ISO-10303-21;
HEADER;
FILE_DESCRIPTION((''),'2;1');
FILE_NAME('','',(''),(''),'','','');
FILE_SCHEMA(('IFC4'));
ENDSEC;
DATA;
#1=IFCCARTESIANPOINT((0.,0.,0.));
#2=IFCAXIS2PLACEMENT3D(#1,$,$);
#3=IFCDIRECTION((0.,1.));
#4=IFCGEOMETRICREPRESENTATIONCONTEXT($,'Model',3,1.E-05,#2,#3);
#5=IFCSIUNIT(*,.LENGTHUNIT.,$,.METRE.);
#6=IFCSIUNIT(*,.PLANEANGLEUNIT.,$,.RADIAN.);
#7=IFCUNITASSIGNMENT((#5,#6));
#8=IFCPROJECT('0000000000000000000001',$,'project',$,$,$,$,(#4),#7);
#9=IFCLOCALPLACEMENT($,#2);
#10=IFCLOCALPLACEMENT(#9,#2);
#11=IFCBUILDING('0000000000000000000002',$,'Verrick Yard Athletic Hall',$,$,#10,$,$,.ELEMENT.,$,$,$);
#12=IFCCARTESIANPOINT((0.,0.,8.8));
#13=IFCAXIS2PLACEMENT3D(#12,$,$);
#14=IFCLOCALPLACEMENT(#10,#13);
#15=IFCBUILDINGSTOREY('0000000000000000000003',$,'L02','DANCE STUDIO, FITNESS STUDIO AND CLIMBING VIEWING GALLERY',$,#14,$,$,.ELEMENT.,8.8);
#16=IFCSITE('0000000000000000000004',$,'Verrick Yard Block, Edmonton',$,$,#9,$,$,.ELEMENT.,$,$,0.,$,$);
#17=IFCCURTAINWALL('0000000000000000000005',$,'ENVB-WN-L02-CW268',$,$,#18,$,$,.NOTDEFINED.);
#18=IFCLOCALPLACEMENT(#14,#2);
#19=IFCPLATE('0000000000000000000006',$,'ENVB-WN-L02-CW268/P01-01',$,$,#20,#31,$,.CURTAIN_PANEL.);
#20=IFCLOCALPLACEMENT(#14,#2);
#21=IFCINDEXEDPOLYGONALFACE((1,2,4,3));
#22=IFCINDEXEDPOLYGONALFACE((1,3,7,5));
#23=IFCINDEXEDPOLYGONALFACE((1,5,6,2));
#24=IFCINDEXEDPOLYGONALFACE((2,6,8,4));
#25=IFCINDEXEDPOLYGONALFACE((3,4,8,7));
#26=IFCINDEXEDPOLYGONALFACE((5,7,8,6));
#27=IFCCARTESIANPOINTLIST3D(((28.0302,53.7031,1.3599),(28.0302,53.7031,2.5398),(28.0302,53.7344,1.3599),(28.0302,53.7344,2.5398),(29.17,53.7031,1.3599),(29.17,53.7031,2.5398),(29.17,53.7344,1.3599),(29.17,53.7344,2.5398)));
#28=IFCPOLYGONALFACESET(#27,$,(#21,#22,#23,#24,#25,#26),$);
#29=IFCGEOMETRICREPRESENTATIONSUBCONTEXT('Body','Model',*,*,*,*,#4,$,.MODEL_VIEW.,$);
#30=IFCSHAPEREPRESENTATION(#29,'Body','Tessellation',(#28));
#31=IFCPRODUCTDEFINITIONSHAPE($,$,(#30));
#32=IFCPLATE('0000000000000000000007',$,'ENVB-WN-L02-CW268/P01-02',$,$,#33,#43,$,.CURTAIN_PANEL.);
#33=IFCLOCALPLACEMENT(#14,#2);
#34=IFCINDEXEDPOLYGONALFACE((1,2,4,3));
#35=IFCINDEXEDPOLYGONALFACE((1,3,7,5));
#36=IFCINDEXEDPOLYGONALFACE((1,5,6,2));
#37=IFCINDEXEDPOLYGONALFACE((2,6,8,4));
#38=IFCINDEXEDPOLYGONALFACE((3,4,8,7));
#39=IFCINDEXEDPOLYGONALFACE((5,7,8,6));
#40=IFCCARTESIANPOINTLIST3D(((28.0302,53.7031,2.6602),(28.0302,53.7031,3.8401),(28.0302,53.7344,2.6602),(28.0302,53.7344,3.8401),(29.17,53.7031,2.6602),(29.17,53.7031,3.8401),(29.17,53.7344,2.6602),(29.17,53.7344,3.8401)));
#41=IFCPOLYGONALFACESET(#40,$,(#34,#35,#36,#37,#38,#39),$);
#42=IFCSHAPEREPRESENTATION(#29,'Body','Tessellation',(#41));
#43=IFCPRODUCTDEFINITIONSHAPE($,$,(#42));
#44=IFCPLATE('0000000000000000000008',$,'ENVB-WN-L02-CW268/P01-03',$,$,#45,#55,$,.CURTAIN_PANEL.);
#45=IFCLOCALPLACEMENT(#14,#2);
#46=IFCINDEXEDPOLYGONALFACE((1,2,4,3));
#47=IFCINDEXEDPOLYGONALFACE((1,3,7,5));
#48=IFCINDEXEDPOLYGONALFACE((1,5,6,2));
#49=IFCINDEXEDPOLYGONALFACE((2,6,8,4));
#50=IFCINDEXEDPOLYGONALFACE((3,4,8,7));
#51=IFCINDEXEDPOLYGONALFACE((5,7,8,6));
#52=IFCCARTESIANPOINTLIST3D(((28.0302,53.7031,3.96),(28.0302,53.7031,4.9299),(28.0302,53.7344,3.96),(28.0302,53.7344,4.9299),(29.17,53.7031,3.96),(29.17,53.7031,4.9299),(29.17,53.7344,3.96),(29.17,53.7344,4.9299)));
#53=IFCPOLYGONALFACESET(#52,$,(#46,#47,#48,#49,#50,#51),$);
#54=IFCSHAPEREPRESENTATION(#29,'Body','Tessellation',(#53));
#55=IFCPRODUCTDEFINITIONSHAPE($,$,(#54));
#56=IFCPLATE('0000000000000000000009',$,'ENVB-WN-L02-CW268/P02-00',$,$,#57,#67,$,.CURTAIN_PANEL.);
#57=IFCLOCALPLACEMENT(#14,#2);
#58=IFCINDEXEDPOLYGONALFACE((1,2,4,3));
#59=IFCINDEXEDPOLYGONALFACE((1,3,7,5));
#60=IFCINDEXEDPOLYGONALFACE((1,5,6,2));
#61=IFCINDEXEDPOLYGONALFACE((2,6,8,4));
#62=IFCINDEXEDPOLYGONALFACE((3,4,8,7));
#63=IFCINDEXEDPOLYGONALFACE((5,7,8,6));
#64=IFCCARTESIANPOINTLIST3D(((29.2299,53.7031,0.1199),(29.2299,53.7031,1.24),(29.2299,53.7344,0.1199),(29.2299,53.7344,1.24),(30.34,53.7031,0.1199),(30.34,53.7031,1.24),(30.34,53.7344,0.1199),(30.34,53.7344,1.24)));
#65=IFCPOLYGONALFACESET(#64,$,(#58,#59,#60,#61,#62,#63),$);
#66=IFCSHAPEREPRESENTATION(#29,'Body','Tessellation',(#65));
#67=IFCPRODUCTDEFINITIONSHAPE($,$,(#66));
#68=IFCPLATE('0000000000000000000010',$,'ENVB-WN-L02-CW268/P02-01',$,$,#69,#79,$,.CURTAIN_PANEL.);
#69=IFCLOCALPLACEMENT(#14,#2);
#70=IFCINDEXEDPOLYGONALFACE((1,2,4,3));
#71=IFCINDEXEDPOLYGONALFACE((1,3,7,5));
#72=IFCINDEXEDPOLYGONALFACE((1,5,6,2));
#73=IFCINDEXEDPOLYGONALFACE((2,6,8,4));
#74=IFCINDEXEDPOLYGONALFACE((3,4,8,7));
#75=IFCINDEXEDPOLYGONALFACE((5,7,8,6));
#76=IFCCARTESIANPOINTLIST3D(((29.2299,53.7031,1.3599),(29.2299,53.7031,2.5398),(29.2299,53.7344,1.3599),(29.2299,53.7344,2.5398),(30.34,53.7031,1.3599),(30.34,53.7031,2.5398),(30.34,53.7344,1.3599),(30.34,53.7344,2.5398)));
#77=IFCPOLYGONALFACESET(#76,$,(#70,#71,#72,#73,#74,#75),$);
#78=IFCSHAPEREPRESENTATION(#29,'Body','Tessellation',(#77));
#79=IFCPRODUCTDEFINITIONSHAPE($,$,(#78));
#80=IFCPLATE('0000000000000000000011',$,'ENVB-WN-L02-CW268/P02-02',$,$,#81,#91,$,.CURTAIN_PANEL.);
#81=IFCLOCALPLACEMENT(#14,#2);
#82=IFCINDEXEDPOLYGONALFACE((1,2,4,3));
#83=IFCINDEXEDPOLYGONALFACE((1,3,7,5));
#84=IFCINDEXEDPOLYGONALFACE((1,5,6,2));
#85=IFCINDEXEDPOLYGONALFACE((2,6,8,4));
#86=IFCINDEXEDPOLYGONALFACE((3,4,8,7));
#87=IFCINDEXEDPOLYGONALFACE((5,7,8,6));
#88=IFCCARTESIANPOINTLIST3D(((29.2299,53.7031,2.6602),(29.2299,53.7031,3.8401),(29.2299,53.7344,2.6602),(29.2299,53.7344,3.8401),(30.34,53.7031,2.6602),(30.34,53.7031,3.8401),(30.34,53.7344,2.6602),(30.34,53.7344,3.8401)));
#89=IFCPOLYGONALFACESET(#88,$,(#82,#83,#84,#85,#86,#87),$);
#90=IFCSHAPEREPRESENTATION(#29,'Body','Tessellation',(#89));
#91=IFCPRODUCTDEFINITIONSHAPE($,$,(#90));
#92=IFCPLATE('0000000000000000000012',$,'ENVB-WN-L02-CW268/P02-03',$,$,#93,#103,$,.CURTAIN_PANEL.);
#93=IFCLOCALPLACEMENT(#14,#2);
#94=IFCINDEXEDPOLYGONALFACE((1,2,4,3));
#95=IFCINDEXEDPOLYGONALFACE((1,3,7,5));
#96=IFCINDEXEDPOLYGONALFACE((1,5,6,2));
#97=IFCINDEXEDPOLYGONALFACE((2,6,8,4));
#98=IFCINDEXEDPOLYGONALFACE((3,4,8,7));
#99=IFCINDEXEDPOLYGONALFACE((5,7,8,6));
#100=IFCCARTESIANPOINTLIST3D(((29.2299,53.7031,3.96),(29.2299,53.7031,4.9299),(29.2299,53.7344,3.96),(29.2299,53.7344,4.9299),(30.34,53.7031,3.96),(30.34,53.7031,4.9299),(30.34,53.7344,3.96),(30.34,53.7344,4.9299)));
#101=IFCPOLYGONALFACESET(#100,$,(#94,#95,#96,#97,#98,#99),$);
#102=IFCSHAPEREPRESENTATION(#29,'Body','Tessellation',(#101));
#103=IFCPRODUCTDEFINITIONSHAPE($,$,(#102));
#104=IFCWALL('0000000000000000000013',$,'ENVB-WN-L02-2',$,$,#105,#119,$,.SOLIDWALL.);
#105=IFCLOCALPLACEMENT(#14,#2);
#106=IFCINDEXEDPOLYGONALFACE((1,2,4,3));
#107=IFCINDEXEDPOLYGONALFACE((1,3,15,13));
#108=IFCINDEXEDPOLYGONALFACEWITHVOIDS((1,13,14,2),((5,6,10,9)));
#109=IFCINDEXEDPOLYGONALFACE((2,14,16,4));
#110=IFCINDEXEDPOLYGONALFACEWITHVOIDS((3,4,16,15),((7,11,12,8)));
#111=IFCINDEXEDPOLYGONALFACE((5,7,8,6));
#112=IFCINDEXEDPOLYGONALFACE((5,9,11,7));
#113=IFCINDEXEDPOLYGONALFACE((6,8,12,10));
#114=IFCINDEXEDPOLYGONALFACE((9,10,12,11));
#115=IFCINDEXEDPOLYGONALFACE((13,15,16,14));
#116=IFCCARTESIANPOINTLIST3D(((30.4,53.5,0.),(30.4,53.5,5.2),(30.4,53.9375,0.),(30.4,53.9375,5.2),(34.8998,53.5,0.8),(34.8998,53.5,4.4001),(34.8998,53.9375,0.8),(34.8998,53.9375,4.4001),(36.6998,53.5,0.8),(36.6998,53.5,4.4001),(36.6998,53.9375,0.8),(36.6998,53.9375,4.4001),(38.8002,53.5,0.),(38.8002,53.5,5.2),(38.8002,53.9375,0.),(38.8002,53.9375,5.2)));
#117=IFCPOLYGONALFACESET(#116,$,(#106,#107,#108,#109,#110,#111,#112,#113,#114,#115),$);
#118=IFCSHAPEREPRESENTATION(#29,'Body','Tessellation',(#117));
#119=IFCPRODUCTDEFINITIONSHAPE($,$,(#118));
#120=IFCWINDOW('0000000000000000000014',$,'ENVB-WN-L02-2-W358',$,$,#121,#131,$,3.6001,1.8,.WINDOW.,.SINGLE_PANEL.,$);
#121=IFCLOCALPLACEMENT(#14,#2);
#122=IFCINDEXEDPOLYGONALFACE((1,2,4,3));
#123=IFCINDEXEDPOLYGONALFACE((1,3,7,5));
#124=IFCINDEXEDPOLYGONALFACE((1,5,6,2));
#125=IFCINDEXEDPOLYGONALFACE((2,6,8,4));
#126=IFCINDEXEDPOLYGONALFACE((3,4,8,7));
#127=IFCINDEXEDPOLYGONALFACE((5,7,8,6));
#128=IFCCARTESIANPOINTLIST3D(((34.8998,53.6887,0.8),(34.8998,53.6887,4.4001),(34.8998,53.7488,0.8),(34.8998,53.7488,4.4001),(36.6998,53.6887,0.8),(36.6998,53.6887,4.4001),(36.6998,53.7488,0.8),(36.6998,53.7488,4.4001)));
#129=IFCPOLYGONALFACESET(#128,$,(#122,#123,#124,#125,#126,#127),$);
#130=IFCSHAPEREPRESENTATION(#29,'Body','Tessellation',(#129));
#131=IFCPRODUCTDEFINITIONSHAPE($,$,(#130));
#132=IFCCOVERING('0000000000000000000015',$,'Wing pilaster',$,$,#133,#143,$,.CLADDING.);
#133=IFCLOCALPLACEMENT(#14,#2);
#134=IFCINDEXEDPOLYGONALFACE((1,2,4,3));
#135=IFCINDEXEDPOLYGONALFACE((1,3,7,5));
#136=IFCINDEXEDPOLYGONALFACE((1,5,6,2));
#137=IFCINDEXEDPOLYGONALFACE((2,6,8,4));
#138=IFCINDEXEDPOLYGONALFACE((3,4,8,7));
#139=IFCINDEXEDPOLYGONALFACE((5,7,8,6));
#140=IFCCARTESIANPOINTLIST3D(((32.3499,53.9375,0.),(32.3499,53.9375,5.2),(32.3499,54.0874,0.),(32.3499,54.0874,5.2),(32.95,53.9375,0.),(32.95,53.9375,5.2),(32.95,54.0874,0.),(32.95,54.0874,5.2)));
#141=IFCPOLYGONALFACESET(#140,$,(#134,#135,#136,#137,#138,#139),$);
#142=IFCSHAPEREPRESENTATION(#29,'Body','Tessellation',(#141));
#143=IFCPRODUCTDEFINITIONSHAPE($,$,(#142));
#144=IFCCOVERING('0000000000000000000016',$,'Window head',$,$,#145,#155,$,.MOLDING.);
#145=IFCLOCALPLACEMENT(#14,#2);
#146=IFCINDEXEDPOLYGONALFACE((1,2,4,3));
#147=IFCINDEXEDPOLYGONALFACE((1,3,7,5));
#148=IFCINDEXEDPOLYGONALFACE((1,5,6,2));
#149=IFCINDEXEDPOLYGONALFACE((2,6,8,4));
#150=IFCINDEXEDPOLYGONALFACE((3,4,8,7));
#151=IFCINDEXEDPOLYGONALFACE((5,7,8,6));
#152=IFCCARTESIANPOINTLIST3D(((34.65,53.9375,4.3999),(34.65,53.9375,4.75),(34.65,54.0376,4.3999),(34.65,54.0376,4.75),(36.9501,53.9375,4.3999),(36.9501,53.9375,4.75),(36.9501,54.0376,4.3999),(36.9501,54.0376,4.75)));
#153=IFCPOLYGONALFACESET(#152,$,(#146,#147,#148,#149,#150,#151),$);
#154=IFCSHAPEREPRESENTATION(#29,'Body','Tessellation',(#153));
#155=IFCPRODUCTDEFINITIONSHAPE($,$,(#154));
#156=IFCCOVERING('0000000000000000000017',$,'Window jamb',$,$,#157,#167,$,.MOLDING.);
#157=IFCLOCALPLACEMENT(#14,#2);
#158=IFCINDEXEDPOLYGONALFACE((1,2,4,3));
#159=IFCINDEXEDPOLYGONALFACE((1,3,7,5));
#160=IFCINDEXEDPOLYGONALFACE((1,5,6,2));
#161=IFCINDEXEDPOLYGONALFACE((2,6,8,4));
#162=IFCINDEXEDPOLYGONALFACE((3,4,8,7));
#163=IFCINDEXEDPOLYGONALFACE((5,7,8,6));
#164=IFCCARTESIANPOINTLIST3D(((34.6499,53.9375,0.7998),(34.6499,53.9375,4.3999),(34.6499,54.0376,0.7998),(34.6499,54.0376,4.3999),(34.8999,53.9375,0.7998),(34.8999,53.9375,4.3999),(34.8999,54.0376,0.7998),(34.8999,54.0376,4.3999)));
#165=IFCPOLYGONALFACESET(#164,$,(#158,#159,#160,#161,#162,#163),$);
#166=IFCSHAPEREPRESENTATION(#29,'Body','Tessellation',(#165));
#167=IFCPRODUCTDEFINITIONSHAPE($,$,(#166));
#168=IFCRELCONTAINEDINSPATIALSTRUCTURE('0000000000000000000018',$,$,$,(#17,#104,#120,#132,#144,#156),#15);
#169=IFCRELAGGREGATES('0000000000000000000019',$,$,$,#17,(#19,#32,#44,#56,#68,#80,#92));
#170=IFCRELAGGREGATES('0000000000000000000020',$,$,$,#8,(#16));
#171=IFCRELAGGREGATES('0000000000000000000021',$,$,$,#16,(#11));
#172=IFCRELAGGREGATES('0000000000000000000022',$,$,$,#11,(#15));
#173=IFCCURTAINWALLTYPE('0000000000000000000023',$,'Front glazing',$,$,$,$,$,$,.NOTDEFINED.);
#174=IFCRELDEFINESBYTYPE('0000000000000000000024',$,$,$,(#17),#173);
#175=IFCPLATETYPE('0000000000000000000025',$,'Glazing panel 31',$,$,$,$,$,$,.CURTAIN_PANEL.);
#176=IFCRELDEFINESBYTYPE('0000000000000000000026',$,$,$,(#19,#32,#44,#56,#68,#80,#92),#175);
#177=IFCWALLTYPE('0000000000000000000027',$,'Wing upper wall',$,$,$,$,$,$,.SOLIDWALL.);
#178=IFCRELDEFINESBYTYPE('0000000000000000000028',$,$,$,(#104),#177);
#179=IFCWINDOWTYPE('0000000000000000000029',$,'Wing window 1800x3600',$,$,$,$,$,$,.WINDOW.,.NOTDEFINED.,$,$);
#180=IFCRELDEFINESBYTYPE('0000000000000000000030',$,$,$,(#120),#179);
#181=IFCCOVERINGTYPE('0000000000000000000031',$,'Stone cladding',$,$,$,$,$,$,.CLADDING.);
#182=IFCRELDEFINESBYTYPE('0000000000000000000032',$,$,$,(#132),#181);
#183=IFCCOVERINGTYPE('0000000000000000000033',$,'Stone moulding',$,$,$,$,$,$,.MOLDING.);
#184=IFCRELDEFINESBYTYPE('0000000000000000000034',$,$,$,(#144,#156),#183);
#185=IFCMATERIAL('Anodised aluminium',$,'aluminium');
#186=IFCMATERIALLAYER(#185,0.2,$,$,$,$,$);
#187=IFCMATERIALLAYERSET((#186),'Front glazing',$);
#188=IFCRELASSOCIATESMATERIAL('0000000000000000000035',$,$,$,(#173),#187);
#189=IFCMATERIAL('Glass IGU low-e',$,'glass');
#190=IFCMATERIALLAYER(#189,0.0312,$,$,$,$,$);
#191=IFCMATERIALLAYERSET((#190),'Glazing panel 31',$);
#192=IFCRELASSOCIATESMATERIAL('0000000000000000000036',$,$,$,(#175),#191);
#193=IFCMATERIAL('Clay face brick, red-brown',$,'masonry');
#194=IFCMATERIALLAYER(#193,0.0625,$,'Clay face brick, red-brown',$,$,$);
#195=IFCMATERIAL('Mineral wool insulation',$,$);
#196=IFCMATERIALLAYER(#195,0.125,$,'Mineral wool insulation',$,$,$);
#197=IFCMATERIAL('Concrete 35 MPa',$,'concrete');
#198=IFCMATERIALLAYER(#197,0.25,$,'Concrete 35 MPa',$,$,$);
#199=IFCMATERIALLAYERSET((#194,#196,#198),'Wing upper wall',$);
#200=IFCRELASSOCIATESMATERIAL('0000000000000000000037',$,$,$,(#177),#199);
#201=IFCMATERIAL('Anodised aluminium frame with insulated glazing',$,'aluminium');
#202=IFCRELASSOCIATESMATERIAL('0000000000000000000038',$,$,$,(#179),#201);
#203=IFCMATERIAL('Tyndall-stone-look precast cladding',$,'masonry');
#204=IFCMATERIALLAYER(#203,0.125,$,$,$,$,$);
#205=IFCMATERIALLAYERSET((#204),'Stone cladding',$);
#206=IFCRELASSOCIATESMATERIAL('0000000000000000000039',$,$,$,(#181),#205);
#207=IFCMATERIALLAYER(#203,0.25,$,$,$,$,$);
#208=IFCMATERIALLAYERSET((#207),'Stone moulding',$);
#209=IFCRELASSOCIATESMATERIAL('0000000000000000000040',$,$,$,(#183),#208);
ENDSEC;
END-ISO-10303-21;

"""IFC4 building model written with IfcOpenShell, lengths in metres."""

from ifc_helpers import new_model, si_unit, direction, frame, frame_2d, origin, origin_2d, place, context, subcontext, project, spatial, rectangle, extrude, material, layer, layer_set, type_object, element, fill, aggregate, save


model = new_model("IFC4")

# Units and contexts
model_context = context("Model", 3, precision=1e-05, world=origin(), true_north=direction((0.0, 1.0)))
body_context = subcontext(model_context, "Body", "Model", "MODEL_VIEW")
ifc_project = project(units=[si_unit("LENGTHUNIT", "METRE"), si_unit("PLANEANGLEUNIT", "RADIAN")], contexts=[model_context])

# Site, building, storey
site_placement = place(None, origin())
site = spatial("IfcSite", under=ifc_project, at=site_placement, Name="Verrick Yard Block, Edmonton", CompositionType="ELEMENT", RefElevation=0.0)
building_placement = place(site_placement, origin())
building = spatial("IfcBuilding", under=site, at=building_placement, Name="Verrick Yard Athletic Hall", CompositionType="ELEMENT")
storey_placement = place(building_placement, frame((0.0, 0.0, 8.8)))
storey = spatial("IfcBuildingStorey", under=building, at=storey_placement, Name="L02", Description="DANCE STUDIO, FITNESS STUDIO AND CLIMBING VIEWING GALLERY", CompositionType="ELEMENT", Elevation=8.8)

# Curtain wall
ifc_material_1 = material(Name="Anodised aluminium", Category="aluminium")
ifc_layer_1 = layer(ifc_material_1, 0.2)
ifc_layer_set_1 = layer_set([ifc_layer_1], Name="Front glazing")
curtain_wall_type = type_object("IfcCurtainWallType", Name="Front glazing", PredefinedType="NOTDEFINED", material=ifc_layer_set_1)
curtain_wall_placement = place(storey_placement, origin())
curtain_wall = element("IfcCurtainWall", 1, at=curtain_wall_placement, inside=storey, type_object=curtain_wall_type, Name="ENVB-WN-L02-CW268", PredefinedType="NOTDEFINED")

# Plates
ifc_material_2 = material(Name="Glass IGU low-e", Category="glass")
ifc_layer_2 = layer(ifc_material_2, 0.0312)
ifc_layer_set_2 = layer_set([ifc_layer_2], Name="Glazing panel 31")
plate_type = type_object("IfcPlateType", Name="Glazing panel 31", PredefinedType="CURTAIN_PANEL", material=ifc_layer_set_2)
plate_1_placement = place(storey_placement, frame((28.6001, 53.7188, 1.3599), z_axis=(0.0, 0.0, 1.0), x_axis=(1.0, 0.0, 0.0)))
plate_1 = element("IfcPlate", 2, at=plate_1_placement, type_object=plate_type, Name="ENVB-WN-L02-CW268/P01-01", PredefinedType="CURTAIN_PANEL", context=body_context, shape_type="SweptSolid", body=[
    extrude(rectangle(XDim=1.1399, YDim=0.0312, at=origin_2d()), origin(), (0.0, 0.0, 1.0), 1.1799),
])
plate_2_placement = place(storey_placement, frame((28.6001, 53.7188, 2.6602), z_axis=(0.0, 0.0, 1.0), x_axis=(1.0, 0.0, 0.0)))
plate_2 = element("IfcPlate", 3, at=plate_2_placement, type_object=plate_type, Name="ENVB-WN-L02-CW268/P01-02", PredefinedType="CURTAIN_PANEL", context=body_context, shape_type="SweptSolid", body=[
    extrude(rectangle(XDim=1.1399, YDim=0.0312, at=origin_2d()), origin(), (0.0, 0.0, 1.0), 1.1799),
])
plate_3_placement = place(storey_placement, frame((28.6001, 53.7188, 3.96), z_axis=(0.0, 0.0, 1.0), x_axis=(1.0, 0.0, 0.0)))
plate_3 = element("IfcPlate", 4, at=plate_3_placement, type_object=plate_type, Name="ENVB-WN-L02-CW268/P01-03", PredefinedType="CURTAIN_PANEL", context=body_context, shape_type="SweptSolid", body=[
    extrude(rectangle(XDim=1.1399, YDim=0.0312, at=origin_2d()), origin(), (0.0, 0.0, 1.0), 0.97),
])
plate_4_placement = place(storey_placement, frame((29.7849, 53.7188, 0.1199), z_axis=(0.0, 0.0, 1.0), x_axis=(1.0, 0.0, 0.0)))
plate_4 = element("IfcPlate", 5, at=plate_4_placement, type_object=plate_type, Name="ENVB-WN-L02-CW268/P02-00", PredefinedType="CURTAIN_PANEL", context=body_context, shape_type="SweptSolid", body=[
    extrude(rectangle(XDim=1.1101, YDim=0.0312, at=origin_2d()), origin(), (0.0, 0.0, 1.0), 1.1201),
])
plate_5_placement = place(storey_placement, frame((29.7849, 53.7188, 1.3599), z_axis=(0.0, 0.0, 1.0), x_axis=(1.0, 0.0, 0.0)))
plate_5 = element("IfcPlate", 6, at=plate_5_placement, type_object=plate_type, Name="ENVB-WN-L02-CW268/P02-01", PredefinedType="CURTAIN_PANEL", context=body_context, shape_type="SweptSolid", body=[
    extrude(rectangle(XDim=1.1101, YDim=0.0312, at=origin_2d()), origin(), (0.0, 0.0, 1.0), 1.1799),
])
plate_6_placement = place(storey_placement, frame((29.7849, 53.7188, 2.6602), z_axis=(0.0, 0.0, 1.0), x_axis=(1.0, 0.0, 0.0)))
plate_6 = element("IfcPlate", 7, at=plate_6_placement, type_object=plate_type, Name="ENVB-WN-L02-CW268/P02-02", PredefinedType="CURTAIN_PANEL", context=body_context, shape_type="SweptSolid", body=[
    extrude(rectangle(XDim=1.1101, YDim=0.0312, at=origin_2d()), origin(), (0.0, 0.0, 1.0), 1.1799),
])
plate_7_placement = place(storey_placement, frame((29.7849, 53.7188, 3.96), z_axis=(0.0, 0.0, 1.0), x_axis=(1.0, 0.0, 0.0)))
plate_7 = element("IfcPlate", 8, at=plate_7_placement, type_object=plate_type, Name="ENVB-WN-L02-CW268/P02-03", PredefinedType="CURTAIN_PANEL", context=body_context, shape_type="SweptSolid", body=[
    extrude(rectangle(XDim=1.1101, YDim=0.0312, at=origin_2d()), origin(), (0.0, 0.0, 1.0), 0.97),
])
aggregate(curtain_wall, [plate_1, plate_2, plate_3, plate_4, plate_5, plate_6, plate_7])

# Wall, opening, window
ifc_material_3 = material(Name="Clay face brick, red-brown", Category="masonry")
ifc_layer_3 = layer(ifc_material_3, 0.0625, Name="Clay face brick, red-brown")
ifc_material_4 = material(Name="Mineral wool insulation")
ifc_layer_4 = layer(ifc_material_4, 0.125, Name="Mineral wool insulation")
ifc_material_5 = material(Name="Concrete 35 MPa", Category="concrete")
ifc_layer_5 = layer(ifc_material_5, 0.25, Name="Concrete 35 MPa")
ifc_layer_set_3 = layer_set([ifc_layer_3, ifc_layer_4, ifc_layer_5], Name="Wing upper wall")
wall_type = type_object("IfcWallType", Name="Wing upper wall", PredefinedType="SOLIDWALL", material=ifc_layer_set_3)
wall_placement = place(storey_placement, frame((30.3999, 53.7188, 0.0), z_axis=(0.0, 0.0, 1.0), x_axis=(1.0, 0.0, 0.0)))
wall = element("IfcWall", 9, at=wall_placement, inside=storey, type_object=wall_type, Name="ENVB-WN-L02-2", PredefinedType="SOLIDWALL", context=body_context, shape_type="SweptSolid", body=[
    extrude(rectangle(XDim=8.4001, YDim=0.4375, at=frame_2d((4.2002, 0.0))), origin(), (0.0, 0.0, 1.0), 5.2),
])
opening_placement = place(wall_placement, frame((4.5, 0.0, 0.8)))
opening = element("IfcOpeningElement", 10, at=opening_placement, cuts=wall, PredefinedType="OPENING", context=body_context, shape_type="SweptSolid", body=[
    extrude(rectangle(XDim=1.8, YDim=3.6001, at=frame_2d((0.8999, 1.8))), frame((0.0, 0.2288, 0.0), z_axis=(0.0, -1.0, 0.0), x_axis=(1.0, 0.0, 0.0)), (0.0, 0.0, 1.0), 0.4575),
])
ifc_material_6 = material(Name="Anodised aluminium frame with insulated glazing", Category="aluminium")
window_type = type_object("IfcWindowType", Name="Wing window 1800x3600", PartitioningType="NOTDEFINED", PredefinedType="WINDOW", material=ifc_material_6)
window_placement = place(opening_placement, origin())
window = element("IfcWindow", 11, at=window_placement, inside=storey, type_object=window_type, Name="ENVB-WN-L02-2-W358", OverallHeight=3.6001, OverallWidth=1.8, PartitioningType="SINGLE_PANEL", PredefinedType="WINDOW", context=body_context, shape_type="SweptSolid", body=[
    extrude(rectangle(XDim=1.8, YDim=3.6001, at=frame_2d((0.8999, 1.8))), frame((0.0, 0.03, 0.0), z_axis=(0.0, -1.0, 0.0), x_axis=(1.0, 0.0, 0.0)), (0.0, 0.0, 1.0), 0.0601),
])
fill(opening, window)

# Coverings
ifc_material_7 = material(Name="Tyndall-stone-look precast cladding", Category="masonry")
ifc_layer_6 = layer(ifc_material_7, 0.125)
ifc_layer_set_4 = layer_set([ifc_layer_6], Name="Stone cladding")
covering_type_1 = type_object("IfcCoveringType", Name="Stone cladding", PredefinedType="CLADDING", material=ifc_layer_set_4)
covering_1_placement = place(storey_placement, frame((32.6499, 54.0125, 0.0), z_axis=(0.0, 0.0, 1.0), x_axis=(1.0, 0.0, 0.0)))
element("IfcCovering", 12, at=covering_1_placement, inside=storey, type_object=covering_type_1, Name="Wing pilaster", PredefinedType="CLADDING", context=body_context, shape_type="SweptSolid", body=[
    extrude(rectangle(XDim=0.6001, YDim=0.1499, at=origin_2d()), origin(), (0.0, 0.0, 1.0), 5.2),
])
ifc_layer_7 = layer(ifc_material_7, 0.25)
ifc_layer_set_5 = layer_set([ifc_layer_7], Name="Stone moulding")
covering_type_2 = type_object("IfcCoveringType", Name="Stone moulding", PredefinedType="MOLDING", material=ifc_layer_set_5)
covering_2_placement = place(storey_placement, frame((35.8, 53.9875, 4.3999), z_axis=(0.0, 0.0, 1.0), x_axis=(1.0, 0.0, 0.0)))
element("IfcCovering", 13, at=covering_2_placement, inside=storey, type_object=covering_type_2, Name="Window head", PredefinedType="MOLDING", context=body_context, shape_type="SweptSolid", body=[
    extrude(rectangle(XDim=2.3, YDim=0.1001, at=origin_2d()), origin(), (0.0, 0.0, 1.0), 0.3501),
])
covering_3_placement = place(storey_placement, frame((34.7749, 53.9875, 0.7998), z_axis=(0.0, 0.0, 1.0), x_axis=(1.0, 0.0, 0.0)))
element("IfcCovering", 14, at=covering_3_placement, inside=storey, type_object=covering_type_2, Name="Window jamb", PredefinedType="MOLDING", context=body_context, shape_type="SweptSolid", body=[
    extrude(rectangle(XDim=0.25, YDim=0.1001, at=origin_2d()), origin(), (0.0, 0.0, 1.0), 3.6001),
])

save(model, "model.ifc")
